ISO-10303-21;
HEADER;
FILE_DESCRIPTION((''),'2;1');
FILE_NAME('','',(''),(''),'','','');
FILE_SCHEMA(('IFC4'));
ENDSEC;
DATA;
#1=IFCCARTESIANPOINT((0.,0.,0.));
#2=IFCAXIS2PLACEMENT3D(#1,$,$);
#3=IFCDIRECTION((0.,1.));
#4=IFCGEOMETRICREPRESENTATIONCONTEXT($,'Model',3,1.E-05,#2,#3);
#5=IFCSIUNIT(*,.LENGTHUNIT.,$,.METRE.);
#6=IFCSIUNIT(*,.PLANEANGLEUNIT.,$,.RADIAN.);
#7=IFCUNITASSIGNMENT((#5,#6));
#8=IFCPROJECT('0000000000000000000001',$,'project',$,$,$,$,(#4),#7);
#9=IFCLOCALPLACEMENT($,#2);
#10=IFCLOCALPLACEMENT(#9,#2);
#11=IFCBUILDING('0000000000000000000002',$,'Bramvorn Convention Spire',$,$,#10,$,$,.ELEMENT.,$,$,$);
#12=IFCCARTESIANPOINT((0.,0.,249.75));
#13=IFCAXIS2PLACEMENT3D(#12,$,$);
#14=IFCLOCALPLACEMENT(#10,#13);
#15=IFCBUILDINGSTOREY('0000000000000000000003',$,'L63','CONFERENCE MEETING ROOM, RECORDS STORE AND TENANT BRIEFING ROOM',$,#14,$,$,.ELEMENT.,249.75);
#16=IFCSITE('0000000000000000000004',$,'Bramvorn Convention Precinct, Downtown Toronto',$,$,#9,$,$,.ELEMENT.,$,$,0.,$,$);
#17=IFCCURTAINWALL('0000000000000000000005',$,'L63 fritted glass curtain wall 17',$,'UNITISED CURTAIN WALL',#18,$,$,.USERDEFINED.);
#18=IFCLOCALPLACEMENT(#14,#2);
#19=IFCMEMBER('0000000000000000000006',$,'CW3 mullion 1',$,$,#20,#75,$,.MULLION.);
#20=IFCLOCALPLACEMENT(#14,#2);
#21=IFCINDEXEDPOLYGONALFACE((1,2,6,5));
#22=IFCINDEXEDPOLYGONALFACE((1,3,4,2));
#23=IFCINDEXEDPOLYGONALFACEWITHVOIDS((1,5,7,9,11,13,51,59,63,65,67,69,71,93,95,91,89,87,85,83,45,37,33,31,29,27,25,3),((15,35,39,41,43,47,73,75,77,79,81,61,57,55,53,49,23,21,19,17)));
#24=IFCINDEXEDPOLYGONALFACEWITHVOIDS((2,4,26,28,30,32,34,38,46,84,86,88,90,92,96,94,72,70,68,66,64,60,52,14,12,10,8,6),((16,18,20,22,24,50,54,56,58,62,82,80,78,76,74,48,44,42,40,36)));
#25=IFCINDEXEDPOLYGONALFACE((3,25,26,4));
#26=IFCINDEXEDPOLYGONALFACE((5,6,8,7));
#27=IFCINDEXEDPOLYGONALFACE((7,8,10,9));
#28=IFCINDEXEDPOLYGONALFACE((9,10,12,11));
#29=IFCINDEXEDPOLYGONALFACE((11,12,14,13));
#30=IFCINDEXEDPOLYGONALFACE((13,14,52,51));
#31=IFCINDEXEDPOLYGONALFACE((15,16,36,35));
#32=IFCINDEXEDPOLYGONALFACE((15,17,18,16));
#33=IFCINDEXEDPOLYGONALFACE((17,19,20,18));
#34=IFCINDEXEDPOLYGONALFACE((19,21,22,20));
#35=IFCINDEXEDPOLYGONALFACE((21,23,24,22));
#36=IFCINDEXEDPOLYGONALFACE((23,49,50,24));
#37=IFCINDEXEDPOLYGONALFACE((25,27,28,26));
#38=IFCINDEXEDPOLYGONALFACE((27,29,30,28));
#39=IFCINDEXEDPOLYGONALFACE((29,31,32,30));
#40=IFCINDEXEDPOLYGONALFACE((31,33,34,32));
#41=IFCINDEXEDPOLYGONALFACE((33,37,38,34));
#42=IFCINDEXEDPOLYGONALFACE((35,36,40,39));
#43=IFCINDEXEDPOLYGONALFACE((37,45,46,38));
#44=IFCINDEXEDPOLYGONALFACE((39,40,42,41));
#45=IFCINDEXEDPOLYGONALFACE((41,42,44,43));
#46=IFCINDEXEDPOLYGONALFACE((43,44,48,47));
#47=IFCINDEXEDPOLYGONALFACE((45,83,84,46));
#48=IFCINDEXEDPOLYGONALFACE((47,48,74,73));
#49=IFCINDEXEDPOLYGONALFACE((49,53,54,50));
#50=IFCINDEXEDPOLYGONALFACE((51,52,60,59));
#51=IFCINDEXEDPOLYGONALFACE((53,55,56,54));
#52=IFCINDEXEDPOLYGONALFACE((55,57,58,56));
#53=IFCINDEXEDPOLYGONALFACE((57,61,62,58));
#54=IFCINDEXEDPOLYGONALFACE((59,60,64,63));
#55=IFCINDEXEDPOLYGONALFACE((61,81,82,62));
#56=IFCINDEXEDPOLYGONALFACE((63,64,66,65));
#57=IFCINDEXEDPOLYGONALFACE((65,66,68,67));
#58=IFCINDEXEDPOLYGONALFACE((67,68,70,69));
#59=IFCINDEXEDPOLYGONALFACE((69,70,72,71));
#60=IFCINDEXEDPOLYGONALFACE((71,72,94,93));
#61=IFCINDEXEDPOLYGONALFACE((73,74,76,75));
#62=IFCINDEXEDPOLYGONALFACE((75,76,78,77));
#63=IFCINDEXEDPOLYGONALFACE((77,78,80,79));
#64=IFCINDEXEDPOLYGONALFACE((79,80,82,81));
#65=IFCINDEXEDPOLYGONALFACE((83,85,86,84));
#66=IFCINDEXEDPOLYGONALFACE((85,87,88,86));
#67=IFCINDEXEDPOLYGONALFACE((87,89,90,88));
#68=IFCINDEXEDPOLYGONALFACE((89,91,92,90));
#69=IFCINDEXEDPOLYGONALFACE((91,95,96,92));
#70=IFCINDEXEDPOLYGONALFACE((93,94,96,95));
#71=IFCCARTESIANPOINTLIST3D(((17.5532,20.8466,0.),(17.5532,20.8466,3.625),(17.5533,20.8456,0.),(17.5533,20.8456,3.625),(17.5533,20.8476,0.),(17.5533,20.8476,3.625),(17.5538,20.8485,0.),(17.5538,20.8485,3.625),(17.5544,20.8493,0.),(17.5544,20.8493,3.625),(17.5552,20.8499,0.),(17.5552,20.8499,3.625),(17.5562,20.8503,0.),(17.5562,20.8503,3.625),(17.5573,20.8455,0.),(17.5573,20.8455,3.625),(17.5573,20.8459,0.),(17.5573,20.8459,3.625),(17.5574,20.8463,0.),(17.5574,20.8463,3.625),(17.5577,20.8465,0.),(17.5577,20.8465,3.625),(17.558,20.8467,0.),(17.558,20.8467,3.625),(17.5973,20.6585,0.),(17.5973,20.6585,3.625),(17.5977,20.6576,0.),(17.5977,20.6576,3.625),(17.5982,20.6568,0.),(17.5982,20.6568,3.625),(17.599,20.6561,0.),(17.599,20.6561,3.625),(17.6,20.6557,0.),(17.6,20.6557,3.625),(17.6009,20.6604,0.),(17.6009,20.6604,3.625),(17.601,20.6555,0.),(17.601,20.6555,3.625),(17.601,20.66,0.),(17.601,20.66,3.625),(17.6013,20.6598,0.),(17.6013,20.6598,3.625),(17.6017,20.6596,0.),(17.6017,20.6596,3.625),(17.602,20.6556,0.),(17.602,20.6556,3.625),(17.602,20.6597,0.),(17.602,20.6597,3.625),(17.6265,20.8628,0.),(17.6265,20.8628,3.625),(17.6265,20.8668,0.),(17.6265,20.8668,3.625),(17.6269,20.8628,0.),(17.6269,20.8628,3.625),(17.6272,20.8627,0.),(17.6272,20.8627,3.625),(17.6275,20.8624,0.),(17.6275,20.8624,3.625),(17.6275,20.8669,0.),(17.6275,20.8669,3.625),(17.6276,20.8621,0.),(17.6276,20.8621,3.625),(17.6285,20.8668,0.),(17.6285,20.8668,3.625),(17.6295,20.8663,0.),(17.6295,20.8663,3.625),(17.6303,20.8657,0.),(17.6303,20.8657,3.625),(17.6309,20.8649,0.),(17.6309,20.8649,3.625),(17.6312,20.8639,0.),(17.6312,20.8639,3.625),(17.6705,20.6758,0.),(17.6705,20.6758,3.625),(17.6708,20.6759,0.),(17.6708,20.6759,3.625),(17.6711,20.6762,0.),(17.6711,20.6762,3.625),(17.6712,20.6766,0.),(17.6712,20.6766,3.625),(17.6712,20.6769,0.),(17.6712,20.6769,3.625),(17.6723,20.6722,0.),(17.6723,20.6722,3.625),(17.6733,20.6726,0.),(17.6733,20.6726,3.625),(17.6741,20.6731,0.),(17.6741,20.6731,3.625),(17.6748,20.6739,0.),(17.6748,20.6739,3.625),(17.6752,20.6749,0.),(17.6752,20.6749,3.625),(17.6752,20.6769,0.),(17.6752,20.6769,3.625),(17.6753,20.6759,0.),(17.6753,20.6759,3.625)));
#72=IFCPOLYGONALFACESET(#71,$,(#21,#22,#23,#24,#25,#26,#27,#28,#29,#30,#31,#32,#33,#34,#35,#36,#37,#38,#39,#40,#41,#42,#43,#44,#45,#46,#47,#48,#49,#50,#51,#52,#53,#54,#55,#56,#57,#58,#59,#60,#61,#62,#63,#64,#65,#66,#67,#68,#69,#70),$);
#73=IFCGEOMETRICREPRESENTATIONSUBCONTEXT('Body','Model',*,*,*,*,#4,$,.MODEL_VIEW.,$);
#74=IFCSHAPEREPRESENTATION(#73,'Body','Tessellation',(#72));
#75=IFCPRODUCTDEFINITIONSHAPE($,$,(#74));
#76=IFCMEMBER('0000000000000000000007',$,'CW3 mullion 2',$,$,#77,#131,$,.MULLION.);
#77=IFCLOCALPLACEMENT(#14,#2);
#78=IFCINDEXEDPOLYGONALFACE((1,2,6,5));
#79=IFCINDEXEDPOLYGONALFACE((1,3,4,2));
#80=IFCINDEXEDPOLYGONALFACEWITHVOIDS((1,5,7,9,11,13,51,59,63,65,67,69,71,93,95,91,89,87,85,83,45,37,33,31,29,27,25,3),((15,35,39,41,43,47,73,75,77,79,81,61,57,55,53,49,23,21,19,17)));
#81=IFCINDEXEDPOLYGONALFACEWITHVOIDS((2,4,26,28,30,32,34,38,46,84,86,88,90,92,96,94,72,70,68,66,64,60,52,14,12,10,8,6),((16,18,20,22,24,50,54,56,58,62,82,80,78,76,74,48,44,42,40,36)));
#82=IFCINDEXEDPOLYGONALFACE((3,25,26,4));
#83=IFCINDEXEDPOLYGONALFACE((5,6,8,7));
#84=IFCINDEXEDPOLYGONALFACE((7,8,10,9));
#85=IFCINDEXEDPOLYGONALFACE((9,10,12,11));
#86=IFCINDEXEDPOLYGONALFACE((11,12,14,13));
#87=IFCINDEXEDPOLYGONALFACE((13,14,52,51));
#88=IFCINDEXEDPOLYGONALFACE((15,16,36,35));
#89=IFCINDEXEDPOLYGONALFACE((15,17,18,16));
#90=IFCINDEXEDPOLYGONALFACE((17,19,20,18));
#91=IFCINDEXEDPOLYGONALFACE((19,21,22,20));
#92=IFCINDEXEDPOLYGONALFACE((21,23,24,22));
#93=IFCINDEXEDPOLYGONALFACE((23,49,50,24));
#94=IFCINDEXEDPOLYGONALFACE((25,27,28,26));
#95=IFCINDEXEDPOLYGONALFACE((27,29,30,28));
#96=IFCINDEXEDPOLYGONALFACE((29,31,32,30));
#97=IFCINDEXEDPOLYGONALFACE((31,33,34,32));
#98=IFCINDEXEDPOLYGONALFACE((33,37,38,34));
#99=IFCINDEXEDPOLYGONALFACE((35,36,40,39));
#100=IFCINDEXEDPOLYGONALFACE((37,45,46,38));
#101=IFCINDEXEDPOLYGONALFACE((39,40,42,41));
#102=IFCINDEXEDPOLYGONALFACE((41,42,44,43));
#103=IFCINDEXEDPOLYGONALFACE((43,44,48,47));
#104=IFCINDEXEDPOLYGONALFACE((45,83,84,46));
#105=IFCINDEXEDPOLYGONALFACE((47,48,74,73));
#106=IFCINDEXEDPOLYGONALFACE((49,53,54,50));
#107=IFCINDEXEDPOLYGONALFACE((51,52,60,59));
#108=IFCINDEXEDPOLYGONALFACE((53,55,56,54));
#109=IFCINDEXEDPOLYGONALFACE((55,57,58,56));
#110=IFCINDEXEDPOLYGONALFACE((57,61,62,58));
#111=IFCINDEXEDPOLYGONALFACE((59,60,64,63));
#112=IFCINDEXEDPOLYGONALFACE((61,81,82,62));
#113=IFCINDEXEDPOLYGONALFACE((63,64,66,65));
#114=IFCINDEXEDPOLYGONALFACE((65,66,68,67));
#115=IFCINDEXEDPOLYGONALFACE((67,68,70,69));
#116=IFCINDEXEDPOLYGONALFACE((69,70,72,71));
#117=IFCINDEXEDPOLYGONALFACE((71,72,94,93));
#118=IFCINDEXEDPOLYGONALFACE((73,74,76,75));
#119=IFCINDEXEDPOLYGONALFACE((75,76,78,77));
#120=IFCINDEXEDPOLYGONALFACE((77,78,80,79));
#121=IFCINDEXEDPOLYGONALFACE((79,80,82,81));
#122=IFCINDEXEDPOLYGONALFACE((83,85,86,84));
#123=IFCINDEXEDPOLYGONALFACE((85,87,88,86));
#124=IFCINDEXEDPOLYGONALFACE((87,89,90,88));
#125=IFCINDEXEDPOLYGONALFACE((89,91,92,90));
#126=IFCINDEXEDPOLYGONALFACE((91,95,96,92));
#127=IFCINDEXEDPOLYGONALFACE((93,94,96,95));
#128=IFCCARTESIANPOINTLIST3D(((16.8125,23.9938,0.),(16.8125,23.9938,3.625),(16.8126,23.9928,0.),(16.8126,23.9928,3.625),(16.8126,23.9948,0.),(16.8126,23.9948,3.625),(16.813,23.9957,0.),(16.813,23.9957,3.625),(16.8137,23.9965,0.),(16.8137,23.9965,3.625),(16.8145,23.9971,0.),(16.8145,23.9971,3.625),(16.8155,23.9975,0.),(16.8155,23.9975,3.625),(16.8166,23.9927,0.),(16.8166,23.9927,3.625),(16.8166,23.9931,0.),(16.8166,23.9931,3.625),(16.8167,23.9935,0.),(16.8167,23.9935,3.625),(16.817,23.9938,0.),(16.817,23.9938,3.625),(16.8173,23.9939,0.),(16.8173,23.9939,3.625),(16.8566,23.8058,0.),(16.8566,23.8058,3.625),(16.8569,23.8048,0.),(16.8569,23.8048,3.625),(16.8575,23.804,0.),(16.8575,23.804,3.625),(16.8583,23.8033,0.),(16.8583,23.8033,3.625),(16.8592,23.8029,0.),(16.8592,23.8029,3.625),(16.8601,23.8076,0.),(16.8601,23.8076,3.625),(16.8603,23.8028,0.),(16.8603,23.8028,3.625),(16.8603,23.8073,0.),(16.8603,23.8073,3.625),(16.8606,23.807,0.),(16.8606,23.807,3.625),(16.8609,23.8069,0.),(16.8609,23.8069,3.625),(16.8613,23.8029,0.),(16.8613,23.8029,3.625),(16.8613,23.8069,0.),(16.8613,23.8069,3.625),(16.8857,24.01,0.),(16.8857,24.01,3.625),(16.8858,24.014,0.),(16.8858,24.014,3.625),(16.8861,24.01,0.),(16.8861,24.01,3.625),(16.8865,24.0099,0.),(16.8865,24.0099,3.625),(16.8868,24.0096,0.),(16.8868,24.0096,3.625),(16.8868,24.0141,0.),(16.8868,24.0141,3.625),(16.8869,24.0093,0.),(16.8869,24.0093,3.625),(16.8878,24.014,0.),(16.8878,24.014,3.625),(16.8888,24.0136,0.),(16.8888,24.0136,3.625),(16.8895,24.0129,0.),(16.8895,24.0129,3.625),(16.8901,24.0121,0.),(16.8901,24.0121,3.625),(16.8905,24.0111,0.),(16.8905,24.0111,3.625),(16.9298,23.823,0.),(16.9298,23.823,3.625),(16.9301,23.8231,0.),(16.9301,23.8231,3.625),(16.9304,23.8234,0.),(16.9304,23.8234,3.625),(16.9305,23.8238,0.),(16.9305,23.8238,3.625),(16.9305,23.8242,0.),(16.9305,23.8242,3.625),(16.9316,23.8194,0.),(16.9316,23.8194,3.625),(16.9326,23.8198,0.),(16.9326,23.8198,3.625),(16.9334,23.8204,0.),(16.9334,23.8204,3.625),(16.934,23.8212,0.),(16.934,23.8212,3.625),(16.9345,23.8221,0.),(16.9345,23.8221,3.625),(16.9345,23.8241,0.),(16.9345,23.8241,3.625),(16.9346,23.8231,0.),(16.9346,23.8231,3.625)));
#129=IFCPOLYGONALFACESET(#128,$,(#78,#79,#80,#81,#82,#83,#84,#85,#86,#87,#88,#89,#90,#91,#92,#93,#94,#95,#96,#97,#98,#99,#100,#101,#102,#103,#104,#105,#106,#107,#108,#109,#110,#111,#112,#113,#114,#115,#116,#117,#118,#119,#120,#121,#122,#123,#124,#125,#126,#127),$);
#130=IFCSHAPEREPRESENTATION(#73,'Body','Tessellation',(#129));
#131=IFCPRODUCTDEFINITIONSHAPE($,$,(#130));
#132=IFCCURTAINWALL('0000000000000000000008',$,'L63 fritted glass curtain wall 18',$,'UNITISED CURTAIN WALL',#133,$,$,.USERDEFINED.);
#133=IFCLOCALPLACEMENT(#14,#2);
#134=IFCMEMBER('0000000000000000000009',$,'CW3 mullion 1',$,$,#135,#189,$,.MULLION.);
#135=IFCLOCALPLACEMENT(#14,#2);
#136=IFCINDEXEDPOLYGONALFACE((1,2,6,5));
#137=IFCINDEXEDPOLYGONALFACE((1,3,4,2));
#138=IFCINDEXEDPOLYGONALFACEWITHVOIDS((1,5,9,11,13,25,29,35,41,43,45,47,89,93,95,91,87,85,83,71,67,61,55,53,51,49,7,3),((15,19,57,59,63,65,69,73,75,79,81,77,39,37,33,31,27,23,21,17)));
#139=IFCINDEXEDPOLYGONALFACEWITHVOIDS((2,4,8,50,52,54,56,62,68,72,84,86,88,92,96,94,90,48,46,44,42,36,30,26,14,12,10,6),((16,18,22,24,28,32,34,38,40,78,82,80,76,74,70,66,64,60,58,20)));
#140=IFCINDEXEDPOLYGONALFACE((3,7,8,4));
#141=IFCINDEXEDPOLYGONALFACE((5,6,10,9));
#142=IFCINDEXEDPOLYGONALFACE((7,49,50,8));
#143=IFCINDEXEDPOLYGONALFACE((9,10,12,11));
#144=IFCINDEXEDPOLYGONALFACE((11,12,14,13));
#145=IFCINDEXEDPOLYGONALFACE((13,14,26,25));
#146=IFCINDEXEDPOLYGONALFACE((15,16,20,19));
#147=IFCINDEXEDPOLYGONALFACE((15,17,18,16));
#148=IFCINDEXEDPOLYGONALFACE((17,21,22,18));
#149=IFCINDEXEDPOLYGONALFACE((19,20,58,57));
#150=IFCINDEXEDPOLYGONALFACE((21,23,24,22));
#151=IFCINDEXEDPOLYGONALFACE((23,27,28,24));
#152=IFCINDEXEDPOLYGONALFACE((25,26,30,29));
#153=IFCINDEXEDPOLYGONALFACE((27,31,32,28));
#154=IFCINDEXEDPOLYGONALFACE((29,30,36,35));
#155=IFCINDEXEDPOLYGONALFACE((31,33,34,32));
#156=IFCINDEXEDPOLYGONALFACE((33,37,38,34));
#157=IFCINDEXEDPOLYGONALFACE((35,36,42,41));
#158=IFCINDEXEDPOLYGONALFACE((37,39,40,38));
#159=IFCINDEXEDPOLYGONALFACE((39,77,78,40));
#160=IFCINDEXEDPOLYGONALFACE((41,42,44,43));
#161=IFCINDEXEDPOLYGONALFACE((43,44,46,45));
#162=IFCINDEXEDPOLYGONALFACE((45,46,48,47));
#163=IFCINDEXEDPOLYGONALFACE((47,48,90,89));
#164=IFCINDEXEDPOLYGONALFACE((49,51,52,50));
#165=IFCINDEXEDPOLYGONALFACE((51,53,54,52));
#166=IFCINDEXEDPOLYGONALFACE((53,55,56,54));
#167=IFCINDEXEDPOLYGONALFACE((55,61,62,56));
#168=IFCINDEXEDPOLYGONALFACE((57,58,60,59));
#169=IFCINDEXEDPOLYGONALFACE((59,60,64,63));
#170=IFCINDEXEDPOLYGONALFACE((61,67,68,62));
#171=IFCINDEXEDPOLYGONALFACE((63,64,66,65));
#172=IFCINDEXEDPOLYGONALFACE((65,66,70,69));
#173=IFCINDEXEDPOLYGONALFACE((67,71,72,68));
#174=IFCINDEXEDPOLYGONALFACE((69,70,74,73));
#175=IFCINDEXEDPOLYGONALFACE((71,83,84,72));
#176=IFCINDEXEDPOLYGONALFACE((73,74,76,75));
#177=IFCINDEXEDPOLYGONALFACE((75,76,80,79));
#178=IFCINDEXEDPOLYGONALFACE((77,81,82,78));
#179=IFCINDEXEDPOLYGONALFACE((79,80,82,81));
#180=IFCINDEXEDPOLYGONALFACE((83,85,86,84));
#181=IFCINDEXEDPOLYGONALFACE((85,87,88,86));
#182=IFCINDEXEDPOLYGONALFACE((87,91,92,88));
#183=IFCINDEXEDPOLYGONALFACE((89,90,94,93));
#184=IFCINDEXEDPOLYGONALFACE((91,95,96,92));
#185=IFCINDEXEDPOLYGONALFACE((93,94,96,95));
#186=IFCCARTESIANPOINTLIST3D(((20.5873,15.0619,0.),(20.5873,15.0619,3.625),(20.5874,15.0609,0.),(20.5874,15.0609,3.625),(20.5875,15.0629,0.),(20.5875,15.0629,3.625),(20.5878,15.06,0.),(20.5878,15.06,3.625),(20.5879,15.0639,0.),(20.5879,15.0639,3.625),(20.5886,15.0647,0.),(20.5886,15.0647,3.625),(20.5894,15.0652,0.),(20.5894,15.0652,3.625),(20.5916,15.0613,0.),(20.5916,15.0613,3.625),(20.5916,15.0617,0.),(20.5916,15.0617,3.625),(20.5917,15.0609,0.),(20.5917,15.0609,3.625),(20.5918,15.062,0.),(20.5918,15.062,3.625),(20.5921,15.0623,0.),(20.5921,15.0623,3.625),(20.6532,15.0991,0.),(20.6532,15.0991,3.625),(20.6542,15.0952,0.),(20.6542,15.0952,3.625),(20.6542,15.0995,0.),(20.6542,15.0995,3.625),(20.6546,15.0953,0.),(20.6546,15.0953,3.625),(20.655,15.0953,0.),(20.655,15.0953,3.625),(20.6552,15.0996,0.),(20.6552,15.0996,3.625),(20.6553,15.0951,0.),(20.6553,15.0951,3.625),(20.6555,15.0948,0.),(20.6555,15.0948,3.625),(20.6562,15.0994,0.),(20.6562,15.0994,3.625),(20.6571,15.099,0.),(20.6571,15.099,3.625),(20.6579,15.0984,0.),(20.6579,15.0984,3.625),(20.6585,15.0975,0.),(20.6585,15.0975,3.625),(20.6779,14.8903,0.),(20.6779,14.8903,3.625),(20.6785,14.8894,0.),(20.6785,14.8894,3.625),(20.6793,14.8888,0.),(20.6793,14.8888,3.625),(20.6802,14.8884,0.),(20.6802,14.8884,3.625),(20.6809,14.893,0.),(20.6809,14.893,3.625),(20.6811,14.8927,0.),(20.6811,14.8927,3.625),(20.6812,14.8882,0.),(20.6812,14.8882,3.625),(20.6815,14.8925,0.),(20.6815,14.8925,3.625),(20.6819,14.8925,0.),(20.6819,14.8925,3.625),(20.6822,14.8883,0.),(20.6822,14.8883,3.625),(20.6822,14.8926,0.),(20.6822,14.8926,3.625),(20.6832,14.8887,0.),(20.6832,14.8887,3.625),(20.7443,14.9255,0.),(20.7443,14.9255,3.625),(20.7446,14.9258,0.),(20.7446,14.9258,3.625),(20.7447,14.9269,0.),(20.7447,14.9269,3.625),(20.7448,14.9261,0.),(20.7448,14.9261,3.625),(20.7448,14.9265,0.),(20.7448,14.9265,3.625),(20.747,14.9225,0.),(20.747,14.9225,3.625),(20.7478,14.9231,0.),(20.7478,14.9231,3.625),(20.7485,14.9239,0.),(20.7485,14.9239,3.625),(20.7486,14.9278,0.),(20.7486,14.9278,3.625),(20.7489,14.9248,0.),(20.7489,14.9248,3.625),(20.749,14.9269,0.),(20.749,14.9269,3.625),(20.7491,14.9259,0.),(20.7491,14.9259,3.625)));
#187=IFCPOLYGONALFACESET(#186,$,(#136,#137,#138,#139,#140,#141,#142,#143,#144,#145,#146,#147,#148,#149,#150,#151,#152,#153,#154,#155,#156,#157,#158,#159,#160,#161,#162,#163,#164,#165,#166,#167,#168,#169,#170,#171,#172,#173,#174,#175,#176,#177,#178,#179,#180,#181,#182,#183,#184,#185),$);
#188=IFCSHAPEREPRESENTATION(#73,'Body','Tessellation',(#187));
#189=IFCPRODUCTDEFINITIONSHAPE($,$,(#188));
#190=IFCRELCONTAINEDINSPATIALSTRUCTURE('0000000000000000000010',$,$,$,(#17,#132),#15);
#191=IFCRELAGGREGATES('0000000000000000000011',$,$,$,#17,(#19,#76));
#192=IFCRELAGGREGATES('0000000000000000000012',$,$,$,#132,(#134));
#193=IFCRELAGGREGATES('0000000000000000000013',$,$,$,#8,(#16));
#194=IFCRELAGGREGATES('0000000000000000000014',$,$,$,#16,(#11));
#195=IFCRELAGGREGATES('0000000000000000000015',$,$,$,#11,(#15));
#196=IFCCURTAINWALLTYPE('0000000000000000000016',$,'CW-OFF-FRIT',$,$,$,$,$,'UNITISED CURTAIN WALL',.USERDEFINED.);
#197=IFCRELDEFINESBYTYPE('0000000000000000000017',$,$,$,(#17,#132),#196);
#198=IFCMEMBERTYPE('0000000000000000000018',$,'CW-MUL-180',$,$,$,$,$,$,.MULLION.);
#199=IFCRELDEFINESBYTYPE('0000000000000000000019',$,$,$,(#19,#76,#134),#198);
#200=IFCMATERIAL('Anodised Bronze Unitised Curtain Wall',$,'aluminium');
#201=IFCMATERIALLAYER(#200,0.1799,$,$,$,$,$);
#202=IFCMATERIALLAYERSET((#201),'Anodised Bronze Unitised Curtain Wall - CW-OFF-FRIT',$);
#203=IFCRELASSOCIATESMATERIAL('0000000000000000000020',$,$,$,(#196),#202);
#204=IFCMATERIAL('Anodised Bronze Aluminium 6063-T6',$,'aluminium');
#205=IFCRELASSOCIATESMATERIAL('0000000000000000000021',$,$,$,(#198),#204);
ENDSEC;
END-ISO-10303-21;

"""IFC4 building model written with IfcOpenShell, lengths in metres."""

from ifc_helpers import new_model, si_unit, direction, frame, origin, origin_2d, place, context, subcontext, project, spatial, hollow_rectangle, extrude, material, layer, layer_set, material_profile, profile_set, type_object, element, aggregate, save


model = new_model("IFC4")

# Units and contexts
model_context = context("Model", 3, precision=1e-05, world=origin(), true_north=direction((0.0, 1.0)))
body_context = subcontext(model_context, "Body", "Model", "MODEL_VIEW")
ifc_project = project(units=[si_unit("LENGTHUNIT", "METRE"), si_unit("PLANEANGLEUNIT", "RADIAN")], contexts=[model_context])

# Site, building, storey
site_placement = place(None, origin())
site = spatial("IfcSite", under=ifc_project, at=site_placement, Name="Bramvorn Convention Precinct, Downtown Toronto", CompositionType="ELEMENT", RefElevation=0.0)
building_placement = place(site_placement, origin())
building = spatial("IfcBuilding", under=site, at=building_placement, Name="Bramvorn Convention Spire", CompositionType="ELEMENT")
storey_placement = place(building_placement, frame((0.0, 0.0, 249.75)))
storey = spatial("IfcBuildingStorey", under=building, at=storey_placement, Name="L63", Description="CONFERENCE MEETING ROOM, RECORDS STORE AND TENANT BRIEFING ROOM", CompositionType="ELEMENT", Elevation=249.75)

# Curtain walls, members
ifc_material_1 = material(Name="Anodised Bronze Unitised Curtain Wall", Category="aluminium")
ifc_layer_1 = layer(ifc_material_1, 0.1799)
ifc_layer_set_1 = layer_set([ifc_layer_1], Name="Anodised Bronze Unitised Curtain Wall - CW-OFF-FRIT")
curtain_wall_type = type_object("IfcCurtainWallType", Name="CW-OFF-FRIT", ElementType="UNITISED CURTAIN WALL", PredefinedType="USERDEFINED", material=ifc_layer_set_1)
curtain_wall_1_placement = place(storey_placement, origin())
curtain_wall_1 = element("IfcCurtainWall", 1, at=curtain_wall_1_placement, inside=storey, type_object=curtain_wall_type, Name="L63 fritted glass curtain wall 17", ObjectType="UNITISED CURTAIN WALL", PredefinedType="USERDEFINED")
ifc_material_2 = material(Name="Anodised Bronze Aluminium 6063-T6", Category="aluminium")
ifc_material_profile_1 = material_profile(ifc_material_2, hollow_rectangle(XDim=0.0801, YDim=0.2, WallThickness=0.0039, InnerFilletRadius=0.001, OuterFilletRadius=0.0039, at=origin_2d()))
ifc_profile_set_1 = profile_set([ifc_material_profile_1], Name="Anodised Bronze Aluminium 6063-T6 - CWM80X200")
member_type_1 = type_object("IfcMemberType", Name="CW-MUL-180", PredefinedType="MULLION", material=ifc_profile_set_1)
member_1_placement = place(storey_placement, frame((17.6143, 20.7612, 0.0), z_axis=(0.0, 0.0, 1.0), x_axis=(-0.973408, -0.229079, 0.0)))
member_1 = element("IfcMember", 2, at=member_1_placement, type_object=member_type_1, Name="CW3 mullion 1", PredefinedType="MULLION", context=body_context, shape_type="SweptSolid", body=[
    extrude(hollow_rectangle(XDim=0.0801, YDim=0.2, WallThickness=0.0039, InnerFilletRadius=0.001, OuterFilletRadius=0.0039, at=origin_2d()), origin(), (0.0, 0.0, 1.0), 3.625),
])
member_2_placement = place(storey_placement, frame((16.8735, 23.9084, 0.0), z_axis=(0.0, 0.0, 1.0), x_axis=(-0.973408, -0.229079, 0.0)))
member_2 = element("IfcMember", 3, at=member_2_placement, type_object=member_type_1, Name="CW3 mullion 2", PredefinedType="MULLION", context=body_context, shape_type="SweptSolid", body=[
    extrude(hollow_rectangle(XDim=0.0801, YDim=0.2, WallThickness=0.0039, InnerFilletRadius=0.001, OuterFilletRadius=0.0039, at=origin_2d()), origin(), (0.0, 0.0, 1.0), 3.625),
])
curtain_wall_2_placement = place(storey_placement, origin())
curtain_wall_2 = element("IfcCurtainWall", 4, at=curtain_wall_2_placement, inside=storey, type_object=curtain_wall_type, Name="L63 fritted glass curtain wall 18", ObjectType="UNITISED CURTAIN WALL", PredefinedType="USERDEFINED")
member_3_placement = place(storey_placement, frame((20.6682, 14.9939, 0.0), z_axis=(0.0, 0.0, 1.0), x_axis=(-0.883201, -0.468995, 0.0)))
member_3 = element("IfcMember", 5, at=member_3_placement, type_object=member_type_1, Name="CW3 mullion 1", PredefinedType="MULLION", context=body_context, shape_type="SweptSolid", body=[
    extrude(hollow_rectangle(XDim=0.0801, YDim=0.2, WallThickness=0.0039, InnerFilletRadius=0.001, OuterFilletRadius=0.0039, at=origin_2d()), origin(), (0.0, 0.0, 1.0), 3.625),
])

aggregate(curtain_wall_1, [member_1, member_2])
aggregate(curtain_wall_2, [member_3])

save(model, "model.ifc")
